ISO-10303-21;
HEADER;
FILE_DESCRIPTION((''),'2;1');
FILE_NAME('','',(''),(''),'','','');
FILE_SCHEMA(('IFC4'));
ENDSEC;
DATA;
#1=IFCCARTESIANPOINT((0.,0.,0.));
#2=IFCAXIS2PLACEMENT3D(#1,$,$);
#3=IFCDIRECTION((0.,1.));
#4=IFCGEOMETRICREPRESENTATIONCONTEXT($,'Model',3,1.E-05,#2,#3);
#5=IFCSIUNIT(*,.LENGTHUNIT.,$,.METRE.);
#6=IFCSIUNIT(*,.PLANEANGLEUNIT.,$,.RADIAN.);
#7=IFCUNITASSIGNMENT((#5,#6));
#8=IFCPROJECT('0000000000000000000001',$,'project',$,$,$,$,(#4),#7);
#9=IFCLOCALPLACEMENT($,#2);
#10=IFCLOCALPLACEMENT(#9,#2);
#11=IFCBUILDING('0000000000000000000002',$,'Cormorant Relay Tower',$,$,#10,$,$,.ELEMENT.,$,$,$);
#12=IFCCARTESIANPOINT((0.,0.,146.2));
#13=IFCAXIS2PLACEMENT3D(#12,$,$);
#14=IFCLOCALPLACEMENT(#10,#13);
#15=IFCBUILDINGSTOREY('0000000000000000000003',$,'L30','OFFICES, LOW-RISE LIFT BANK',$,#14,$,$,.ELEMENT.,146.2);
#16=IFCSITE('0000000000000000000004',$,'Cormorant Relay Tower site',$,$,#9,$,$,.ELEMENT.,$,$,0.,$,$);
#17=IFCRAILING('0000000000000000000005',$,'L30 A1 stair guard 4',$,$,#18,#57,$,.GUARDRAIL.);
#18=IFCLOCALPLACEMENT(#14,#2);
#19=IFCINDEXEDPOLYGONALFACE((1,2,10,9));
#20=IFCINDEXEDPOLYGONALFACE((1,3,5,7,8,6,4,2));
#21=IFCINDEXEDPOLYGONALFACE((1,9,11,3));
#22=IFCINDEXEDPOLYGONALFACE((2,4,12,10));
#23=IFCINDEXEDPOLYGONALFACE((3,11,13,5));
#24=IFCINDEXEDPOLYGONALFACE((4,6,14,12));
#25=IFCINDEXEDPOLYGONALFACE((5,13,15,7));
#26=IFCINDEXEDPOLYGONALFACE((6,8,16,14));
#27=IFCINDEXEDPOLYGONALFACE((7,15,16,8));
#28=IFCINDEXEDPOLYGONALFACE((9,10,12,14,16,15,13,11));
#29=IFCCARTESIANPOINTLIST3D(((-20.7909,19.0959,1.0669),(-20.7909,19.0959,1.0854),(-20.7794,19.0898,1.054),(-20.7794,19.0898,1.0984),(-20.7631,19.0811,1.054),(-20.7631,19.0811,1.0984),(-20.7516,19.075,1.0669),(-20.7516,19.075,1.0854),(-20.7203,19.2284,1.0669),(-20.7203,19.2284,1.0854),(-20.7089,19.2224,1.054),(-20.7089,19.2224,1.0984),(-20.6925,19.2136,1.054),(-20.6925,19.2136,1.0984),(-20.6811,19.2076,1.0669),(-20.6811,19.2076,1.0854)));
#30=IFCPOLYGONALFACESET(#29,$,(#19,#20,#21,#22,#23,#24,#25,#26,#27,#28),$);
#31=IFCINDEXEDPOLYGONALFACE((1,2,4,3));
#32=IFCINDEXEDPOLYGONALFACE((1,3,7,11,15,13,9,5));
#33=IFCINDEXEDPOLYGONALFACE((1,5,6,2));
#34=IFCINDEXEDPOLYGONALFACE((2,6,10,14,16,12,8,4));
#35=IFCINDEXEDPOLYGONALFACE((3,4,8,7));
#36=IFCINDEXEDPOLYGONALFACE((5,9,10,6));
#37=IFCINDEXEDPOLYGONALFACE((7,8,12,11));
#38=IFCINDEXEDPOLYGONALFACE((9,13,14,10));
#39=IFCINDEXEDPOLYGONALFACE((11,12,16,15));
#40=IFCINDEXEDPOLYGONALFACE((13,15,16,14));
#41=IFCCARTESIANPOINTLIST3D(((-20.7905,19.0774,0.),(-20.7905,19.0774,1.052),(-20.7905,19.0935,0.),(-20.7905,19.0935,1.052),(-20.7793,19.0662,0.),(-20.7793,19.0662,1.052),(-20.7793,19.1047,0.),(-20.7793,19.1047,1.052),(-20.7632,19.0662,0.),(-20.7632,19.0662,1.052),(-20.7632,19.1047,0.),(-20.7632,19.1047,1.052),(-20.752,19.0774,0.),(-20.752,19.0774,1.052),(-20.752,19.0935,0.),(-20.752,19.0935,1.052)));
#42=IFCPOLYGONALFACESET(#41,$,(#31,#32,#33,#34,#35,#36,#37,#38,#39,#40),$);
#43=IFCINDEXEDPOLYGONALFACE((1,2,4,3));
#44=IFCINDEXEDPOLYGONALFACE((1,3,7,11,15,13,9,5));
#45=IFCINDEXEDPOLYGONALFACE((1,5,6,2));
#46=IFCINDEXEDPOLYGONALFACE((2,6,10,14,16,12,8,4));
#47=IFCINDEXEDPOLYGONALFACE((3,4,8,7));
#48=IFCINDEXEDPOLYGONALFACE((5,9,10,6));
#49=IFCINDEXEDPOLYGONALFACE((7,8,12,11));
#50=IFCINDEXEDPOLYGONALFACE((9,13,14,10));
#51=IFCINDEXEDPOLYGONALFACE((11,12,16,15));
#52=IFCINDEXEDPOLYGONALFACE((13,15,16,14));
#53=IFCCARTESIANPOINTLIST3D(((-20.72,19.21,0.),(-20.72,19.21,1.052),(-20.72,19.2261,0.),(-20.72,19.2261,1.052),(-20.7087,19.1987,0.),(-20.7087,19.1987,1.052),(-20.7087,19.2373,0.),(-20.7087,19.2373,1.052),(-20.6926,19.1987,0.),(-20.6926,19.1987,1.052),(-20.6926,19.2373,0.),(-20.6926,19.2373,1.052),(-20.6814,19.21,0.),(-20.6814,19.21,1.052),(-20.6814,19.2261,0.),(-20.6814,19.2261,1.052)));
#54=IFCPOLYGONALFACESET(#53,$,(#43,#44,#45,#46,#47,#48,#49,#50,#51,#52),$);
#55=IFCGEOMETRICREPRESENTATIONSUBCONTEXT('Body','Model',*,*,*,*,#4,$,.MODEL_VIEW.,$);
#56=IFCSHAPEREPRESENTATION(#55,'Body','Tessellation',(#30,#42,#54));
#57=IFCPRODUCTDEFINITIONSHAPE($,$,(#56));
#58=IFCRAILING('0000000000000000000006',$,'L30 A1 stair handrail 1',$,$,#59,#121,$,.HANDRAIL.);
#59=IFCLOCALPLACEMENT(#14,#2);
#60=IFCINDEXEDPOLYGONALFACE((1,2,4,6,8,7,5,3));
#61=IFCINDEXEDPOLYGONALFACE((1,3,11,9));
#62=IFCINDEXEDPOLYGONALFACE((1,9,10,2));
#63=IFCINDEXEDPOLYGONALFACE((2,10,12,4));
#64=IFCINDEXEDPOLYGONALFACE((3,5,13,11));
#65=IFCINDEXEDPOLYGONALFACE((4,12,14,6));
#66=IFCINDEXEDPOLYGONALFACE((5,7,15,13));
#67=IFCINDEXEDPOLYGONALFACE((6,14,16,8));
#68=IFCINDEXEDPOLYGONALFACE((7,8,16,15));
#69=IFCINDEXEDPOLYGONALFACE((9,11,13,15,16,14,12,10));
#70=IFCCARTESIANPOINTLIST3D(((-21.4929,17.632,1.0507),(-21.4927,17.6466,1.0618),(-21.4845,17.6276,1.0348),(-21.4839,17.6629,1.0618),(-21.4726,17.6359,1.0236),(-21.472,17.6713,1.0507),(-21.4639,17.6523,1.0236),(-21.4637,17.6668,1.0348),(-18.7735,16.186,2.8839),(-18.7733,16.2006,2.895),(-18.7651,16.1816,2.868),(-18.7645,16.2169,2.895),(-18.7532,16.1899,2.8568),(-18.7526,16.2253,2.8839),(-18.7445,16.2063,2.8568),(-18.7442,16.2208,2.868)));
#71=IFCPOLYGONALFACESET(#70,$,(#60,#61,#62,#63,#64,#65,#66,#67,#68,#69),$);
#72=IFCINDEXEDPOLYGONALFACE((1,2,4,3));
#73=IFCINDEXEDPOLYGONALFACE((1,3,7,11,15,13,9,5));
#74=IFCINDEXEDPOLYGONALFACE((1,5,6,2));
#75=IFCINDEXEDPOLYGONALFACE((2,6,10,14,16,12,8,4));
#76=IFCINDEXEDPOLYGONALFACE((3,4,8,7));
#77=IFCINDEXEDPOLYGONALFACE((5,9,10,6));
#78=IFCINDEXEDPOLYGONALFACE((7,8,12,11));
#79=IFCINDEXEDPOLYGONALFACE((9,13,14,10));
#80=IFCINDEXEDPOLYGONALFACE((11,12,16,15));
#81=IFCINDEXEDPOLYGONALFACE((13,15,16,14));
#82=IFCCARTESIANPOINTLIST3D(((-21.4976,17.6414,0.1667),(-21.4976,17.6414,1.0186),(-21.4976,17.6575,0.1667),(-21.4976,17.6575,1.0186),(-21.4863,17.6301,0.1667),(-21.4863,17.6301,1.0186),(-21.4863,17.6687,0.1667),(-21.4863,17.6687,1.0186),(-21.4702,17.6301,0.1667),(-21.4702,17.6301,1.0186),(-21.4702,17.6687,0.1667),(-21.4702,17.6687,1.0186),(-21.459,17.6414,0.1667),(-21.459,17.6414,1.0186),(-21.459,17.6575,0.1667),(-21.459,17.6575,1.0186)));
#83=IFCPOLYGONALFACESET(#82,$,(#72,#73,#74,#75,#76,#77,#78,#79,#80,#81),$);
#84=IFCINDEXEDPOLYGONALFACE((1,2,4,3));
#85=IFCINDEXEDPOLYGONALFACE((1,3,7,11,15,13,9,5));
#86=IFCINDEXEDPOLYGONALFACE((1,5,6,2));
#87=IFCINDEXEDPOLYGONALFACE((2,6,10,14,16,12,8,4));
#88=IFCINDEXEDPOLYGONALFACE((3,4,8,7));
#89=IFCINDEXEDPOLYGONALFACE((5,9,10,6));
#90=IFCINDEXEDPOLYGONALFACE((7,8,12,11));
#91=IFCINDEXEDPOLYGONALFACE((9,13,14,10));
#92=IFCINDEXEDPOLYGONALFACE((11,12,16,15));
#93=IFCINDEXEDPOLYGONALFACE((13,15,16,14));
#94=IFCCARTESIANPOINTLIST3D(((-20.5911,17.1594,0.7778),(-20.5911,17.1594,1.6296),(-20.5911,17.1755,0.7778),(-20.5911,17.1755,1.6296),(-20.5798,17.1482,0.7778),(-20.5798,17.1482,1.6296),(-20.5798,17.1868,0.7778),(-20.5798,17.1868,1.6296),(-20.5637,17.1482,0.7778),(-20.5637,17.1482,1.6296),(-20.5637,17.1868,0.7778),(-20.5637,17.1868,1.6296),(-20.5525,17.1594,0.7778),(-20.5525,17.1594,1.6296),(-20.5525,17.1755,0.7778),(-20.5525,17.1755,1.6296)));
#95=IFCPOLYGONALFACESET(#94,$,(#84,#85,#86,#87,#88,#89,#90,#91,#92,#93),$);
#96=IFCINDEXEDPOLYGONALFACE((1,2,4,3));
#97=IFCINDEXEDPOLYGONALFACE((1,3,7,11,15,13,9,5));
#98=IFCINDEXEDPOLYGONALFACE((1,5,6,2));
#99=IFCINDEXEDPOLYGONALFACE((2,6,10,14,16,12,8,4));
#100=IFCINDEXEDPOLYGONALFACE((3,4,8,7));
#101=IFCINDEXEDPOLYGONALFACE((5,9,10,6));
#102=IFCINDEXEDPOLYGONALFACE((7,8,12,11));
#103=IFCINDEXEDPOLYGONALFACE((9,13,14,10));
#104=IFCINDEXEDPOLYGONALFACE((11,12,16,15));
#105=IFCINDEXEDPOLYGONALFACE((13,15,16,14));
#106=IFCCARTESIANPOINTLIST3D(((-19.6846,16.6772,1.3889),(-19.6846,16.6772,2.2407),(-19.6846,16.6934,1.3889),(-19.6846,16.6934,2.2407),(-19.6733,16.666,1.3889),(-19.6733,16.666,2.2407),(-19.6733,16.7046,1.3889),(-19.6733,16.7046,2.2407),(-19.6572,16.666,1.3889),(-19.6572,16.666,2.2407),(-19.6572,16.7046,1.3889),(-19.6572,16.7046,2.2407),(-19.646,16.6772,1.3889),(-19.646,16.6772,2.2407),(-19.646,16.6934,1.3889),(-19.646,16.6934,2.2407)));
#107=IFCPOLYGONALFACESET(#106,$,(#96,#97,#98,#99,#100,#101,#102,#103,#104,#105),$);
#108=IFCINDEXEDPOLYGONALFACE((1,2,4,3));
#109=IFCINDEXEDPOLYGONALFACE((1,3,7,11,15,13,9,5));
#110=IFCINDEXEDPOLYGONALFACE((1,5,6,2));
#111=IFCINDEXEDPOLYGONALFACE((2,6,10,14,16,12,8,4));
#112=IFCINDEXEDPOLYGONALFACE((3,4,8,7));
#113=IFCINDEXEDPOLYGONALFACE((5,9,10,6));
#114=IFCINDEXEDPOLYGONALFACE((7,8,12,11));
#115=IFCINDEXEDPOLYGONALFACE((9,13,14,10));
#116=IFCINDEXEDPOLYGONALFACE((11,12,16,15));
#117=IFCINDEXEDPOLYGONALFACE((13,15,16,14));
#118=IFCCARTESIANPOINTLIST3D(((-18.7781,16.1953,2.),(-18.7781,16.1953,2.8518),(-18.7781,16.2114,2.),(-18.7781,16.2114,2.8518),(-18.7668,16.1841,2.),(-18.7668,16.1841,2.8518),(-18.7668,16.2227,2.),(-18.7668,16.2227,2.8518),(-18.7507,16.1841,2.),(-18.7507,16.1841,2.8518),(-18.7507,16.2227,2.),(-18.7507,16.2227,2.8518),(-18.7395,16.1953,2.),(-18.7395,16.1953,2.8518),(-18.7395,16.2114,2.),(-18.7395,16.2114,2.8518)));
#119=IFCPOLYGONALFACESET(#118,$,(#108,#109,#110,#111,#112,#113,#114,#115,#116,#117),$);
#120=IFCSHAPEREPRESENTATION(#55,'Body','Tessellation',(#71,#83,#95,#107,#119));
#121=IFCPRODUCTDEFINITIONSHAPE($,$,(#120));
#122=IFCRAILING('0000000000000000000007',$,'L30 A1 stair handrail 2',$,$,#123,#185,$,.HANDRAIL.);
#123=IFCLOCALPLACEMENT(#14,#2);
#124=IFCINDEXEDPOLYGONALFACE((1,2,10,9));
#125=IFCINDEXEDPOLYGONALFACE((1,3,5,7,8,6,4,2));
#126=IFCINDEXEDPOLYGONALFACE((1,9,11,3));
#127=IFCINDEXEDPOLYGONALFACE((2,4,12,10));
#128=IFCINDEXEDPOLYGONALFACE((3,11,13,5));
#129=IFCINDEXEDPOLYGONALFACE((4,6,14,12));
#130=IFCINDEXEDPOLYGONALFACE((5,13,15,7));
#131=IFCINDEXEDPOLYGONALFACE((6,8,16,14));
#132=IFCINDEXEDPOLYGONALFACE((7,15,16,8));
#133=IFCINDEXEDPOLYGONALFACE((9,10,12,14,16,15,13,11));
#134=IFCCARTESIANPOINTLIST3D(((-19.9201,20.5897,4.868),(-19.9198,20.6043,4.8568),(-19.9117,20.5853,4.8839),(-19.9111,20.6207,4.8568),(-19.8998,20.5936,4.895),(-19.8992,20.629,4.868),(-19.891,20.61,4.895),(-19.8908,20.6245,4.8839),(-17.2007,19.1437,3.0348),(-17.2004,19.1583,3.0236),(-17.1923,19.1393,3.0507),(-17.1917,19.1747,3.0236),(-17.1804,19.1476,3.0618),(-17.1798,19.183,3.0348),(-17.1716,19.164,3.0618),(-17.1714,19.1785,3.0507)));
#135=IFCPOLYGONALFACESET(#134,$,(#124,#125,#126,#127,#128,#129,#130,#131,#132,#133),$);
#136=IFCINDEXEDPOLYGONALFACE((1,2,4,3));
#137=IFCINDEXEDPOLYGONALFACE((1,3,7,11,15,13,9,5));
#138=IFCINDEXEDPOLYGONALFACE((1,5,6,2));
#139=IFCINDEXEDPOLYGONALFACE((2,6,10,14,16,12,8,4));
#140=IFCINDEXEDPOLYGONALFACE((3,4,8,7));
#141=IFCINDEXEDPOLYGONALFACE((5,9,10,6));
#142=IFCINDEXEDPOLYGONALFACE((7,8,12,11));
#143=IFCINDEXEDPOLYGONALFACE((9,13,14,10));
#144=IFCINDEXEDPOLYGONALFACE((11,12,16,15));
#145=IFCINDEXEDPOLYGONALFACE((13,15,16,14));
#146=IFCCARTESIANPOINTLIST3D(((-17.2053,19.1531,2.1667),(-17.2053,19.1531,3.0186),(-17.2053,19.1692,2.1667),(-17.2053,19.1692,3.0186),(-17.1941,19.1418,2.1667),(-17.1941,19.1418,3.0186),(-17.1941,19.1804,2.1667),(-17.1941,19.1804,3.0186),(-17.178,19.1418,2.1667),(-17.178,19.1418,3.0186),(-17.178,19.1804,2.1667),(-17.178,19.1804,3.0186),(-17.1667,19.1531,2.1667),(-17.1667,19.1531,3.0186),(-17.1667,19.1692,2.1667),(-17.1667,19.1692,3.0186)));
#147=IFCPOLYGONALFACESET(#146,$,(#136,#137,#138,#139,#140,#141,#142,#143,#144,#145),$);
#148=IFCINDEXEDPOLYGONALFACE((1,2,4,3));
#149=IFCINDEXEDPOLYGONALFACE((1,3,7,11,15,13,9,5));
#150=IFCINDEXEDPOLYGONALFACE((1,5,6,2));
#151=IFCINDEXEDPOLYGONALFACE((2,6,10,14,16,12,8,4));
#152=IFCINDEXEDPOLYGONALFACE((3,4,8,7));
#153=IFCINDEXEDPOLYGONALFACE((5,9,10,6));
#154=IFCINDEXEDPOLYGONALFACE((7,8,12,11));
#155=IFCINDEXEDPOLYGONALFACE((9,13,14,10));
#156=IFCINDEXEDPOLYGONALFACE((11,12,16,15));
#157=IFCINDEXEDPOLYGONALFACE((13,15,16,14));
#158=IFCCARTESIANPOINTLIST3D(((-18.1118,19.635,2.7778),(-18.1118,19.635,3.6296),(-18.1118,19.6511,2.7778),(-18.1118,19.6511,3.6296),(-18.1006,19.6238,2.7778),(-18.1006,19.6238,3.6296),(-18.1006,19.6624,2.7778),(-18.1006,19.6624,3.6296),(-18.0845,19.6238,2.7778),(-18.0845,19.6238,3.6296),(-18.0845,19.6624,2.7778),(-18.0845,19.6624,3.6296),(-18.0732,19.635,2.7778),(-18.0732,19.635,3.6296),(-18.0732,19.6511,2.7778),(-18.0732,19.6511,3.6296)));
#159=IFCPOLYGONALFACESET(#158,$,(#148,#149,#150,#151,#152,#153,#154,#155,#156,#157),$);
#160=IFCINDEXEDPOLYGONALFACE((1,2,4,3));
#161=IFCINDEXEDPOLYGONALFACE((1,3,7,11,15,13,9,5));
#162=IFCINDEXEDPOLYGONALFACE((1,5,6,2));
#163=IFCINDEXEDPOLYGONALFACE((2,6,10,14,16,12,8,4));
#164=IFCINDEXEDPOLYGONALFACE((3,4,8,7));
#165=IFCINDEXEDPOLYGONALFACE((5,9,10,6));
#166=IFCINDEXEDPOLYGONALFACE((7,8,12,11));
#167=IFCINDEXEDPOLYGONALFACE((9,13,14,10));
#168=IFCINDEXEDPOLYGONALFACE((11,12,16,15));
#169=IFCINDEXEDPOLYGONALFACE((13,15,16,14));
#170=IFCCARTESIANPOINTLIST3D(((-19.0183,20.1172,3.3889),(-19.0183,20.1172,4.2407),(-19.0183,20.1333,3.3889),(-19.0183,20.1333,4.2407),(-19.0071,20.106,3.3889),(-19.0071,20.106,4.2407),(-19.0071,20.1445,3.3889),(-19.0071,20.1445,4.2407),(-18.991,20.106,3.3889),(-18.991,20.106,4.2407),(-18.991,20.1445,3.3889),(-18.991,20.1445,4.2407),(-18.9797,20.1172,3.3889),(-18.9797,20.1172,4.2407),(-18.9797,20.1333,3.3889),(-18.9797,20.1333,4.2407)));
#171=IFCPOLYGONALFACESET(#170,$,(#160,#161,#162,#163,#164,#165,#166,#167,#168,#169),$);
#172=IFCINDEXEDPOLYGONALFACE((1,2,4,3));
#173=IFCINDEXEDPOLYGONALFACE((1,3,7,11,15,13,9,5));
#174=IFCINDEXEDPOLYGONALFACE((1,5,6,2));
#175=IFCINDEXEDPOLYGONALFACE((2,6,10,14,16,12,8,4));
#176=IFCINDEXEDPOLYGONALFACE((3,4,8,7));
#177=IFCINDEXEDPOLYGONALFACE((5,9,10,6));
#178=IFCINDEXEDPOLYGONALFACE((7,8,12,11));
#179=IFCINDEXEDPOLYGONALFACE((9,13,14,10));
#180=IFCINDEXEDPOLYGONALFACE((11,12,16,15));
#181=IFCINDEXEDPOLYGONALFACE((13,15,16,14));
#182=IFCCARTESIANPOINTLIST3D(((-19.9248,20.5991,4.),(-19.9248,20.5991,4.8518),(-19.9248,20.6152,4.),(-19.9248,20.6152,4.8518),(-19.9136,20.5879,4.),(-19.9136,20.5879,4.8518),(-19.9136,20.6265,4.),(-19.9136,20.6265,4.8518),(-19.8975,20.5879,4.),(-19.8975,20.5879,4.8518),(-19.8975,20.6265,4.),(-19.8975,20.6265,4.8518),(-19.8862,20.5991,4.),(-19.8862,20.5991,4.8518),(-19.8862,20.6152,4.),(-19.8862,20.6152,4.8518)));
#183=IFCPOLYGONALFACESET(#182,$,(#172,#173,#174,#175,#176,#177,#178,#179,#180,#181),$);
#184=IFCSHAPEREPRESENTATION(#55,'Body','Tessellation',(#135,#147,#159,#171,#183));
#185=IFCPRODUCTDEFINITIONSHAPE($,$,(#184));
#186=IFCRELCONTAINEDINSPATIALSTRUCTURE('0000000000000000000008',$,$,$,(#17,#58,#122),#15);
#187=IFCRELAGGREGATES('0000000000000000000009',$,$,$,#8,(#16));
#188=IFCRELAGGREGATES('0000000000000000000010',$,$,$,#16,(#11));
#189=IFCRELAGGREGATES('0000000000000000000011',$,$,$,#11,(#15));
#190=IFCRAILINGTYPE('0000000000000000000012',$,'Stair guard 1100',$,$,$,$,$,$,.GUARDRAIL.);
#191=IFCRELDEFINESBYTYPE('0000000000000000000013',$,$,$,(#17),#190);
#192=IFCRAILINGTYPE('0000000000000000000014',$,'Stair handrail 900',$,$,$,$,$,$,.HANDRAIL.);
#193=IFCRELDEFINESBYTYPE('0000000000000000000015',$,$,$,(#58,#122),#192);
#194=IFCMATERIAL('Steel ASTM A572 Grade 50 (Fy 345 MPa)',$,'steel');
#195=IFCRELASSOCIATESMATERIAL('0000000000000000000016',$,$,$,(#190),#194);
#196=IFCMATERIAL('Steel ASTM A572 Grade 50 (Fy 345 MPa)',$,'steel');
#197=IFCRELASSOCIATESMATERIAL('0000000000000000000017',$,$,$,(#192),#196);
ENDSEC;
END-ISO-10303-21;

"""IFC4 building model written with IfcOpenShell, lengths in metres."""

from ifc_helpers import new_model, si_unit, direction, frame, origin, place, context, subcontext, project, spatial, polyline, outline, extrude, material, type_object, element, save


model = new_model("IFC4")

# Units and contexts
model_context = context("Model", 3, precision=1e-05, world=origin(), true_north=direction((0.0, 1.0)))
body_context = subcontext(model_context, "Body", "Model", "MODEL_VIEW")
ifc_project = project(units=[si_unit("LENGTHUNIT", "METRE"), si_unit("PLANEANGLEUNIT", "RADIAN")], contexts=[model_context])

# Site, building, storey
site_placement = place(None, origin())
site = spatial("IfcSite", under=ifc_project, at=site_placement, Name="Cormorant Relay Tower site", CompositionType="ELEMENT", RefElevation=0.0)
building_placement = place(site_placement, origin())
building = spatial("IfcBuilding", under=site, at=building_placement, Name="Cormorant Relay Tower", CompositionType="ELEMENT")
storey_placement = place(building_placement, frame((0.0, 0.0, 146.2)))
storey = spatial("IfcBuildingStorey", under=building, at=storey_placement, Name="L30", Description="OFFICES, LOW-RISE LIFT BANK", CompositionType="ELEMENT", Elevation=146.2)

# Railings
ifc_material_1 = material(Name="Steel ASTM A572 Grade 50 (Fy 345 MPa)", Category="steel")
railing_type_1 = type_object("IfcRailingType", Name="Stair guard 1100", PredefinedType="GUARDRAIL", material=ifc_material_1)
railing_1_placement = place(storey_placement, frame((-20.7712, 19.0854, 0.0)))
element("IfcRailing", 1, at=railing_1_placement, inside=storey, type_object=railing_type_1, Name="L30 A1 stair guard 4", PredefinedType="GUARDRAIL", context=body_context, shape_type="SweptSolid", body=[
    extrude(outline(polyline([(0.0222, 0.0093), (0.0093, 0.0222), (-0.0093, 0.0222), (-0.0222, 0.0093), (-0.0222, -0.0093), (-0.0093, -0.0222), (0.0093, -0.0222), (0.0222, -0.0093), (0.0222, 0.0093)])), frame((0.0, 0.0, 1.0762), z_axis=(0.469829, 0.882758, 0.0), x_axis=(-0.882758, 0.469829, 0.0)), (0.0, 0.0, 1.0), 0.1501),
    extrude(outline(polyline([(0.0193, 0.0081), (0.0081, 0.0193), (-0.0081, 0.0193), (-0.0193, 0.0081), (-0.0193, -0.0081), (-0.0081, -0.0193), (0.0081, -0.0193), (0.0193, -0.0081), (0.0193, 0.0081)])), origin(), (0.0, 0.0, 1.0), 1.052),
    extrude(outline(polyline([(0.0193, 0.0081), (0.0081, 0.0193), (-0.0081, 0.0193), (-0.0193, 0.0081), (-0.0193, -0.0081), (-0.0081, -0.0193), (0.0081, -0.0193), (0.0193, -0.0081), (0.0193, 0.0081)])), frame((0.0706, 0.1326, 0.0)), (0.0, 0.0, 1.0), 1.052),
])
ifc_material_2 = material(Name="Steel ASTM A572 Grade 50 (Fy 345 MPa)", Category="steel")
railing_type_2 = type_object("IfcRailingType", Name="Stair handrail 900", PredefinedType="HANDRAIL", material=ifc_material_2)
railing_2_placement = place(storey_placement, frame((-21.4783, 17.6494, 0.1667)))
element("IfcRailing", 2, at=railing_2_placement, inside=storey, type_object=railing_type_2, Name="L30 A1 stair handrail 1", PredefinedType="HANDRAIL", context=body_context, shape_type="SweptSolid", body=[
    extrude(outline(polyline([(0.0222, 0.0093), (0.0093, 0.0222), (-0.0093, 0.0222), (-0.0222, 0.0093), (-0.0222, -0.0093), (-0.0093, -0.0222), (0.0093, -0.0222), (0.0222, -0.0093), (0.0222, 0.0093)])), frame((0.0, 0.0, 0.876), z_axis=(0.758714, -0.403435, 0.511463), x_axis=(0.469489, 0.882938, 0.0)), (0.0, 0.0, 1.0), 3.5842),
    extrude(outline(polyline([(0.0193, 0.0081), (0.0081, 0.0193), (-0.0081, 0.0193), (-0.0193, 0.0081), (-0.0193, -0.0081), (-0.0081, -0.0193), (0.0081, -0.0193), (0.0193, -0.0081), (0.0193, 0.0081)])), origin(), (0.0, 0.0, 1.0), 0.8518),
    extrude(outline(polyline([(0.0193, 0.0081), (0.0081, 0.0193), (-0.0081, 0.0193), (-0.0193, 0.0081), (-0.0193, -0.0081), (-0.0081, -0.0193), (0.0081, -0.0193), (0.0193, -0.0081), (0.0193, 0.0081)])), frame((0.9065, -0.4819, 0.6111)), (0.0, 0.0, 1.0), 0.8518),
    extrude(outline(polyline([(0.0193, 0.0081), (0.0081, 0.0193), (-0.0081, 0.0193), (-0.0193, 0.0081), (-0.0193, -0.0081), (-0.0081, -0.0193), (0.0081, -0.0193), (0.0193, -0.0081), (0.0193, 0.0081)])), frame((1.813, -0.9641, 1.2222)), (0.0, 0.0, 1.0), 0.8518),
    extrude(outline(polyline([(0.0193, 0.0081), (0.0081, 0.0193), (-0.0081, 0.0193), (-0.0193, 0.0081), (-0.0193, -0.0081), (-0.0081, -0.0193), (0.0081, -0.0193), (0.0193, -0.0081), (0.0193, 0.0081)])), frame((2.7195, -1.446, 1.8333)), (0.0, 0.0, 1.0), 0.8518),
])
railing_3_placement = place(storey_placement, frame((-17.186, 19.1611, 2.1667)))
element("IfcRailing", 3, at=railing_3_placement, inside=storey, type_object=railing_type_2, Name="L30 A1 stair handrail 2", PredefinedType="HANDRAIL", context=body_context, shape_type="SweptSolid", body=[
    extrude(outline(polyline([(0.0222, 0.0093), (0.0093, 0.0222), (-0.0093, 0.0222), (-0.0222, 0.0093), (-0.0222, -0.0093), (-0.0093, -0.0222), (0.0093, -0.0222), (0.0222, -0.0093), (0.0222, 0.0093)])), frame((0.0, 0.0, 0.876), z_axis=(-0.758714, 0.403435, 0.511463), x_axis=(-0.469489, -0.882938, 0.0)), (0.0, 0.0, 1.0), 3.5842),
    extrude(outline(polyline([(0.0193, 0.0081), (0.0081, 0.0193), (-0.0081, 0.0193), (-0.0193, 0.0081), (-0.0193, -0.0081), (-0.0081, -0.0193), (0.0081, -0.0193), (0.0193, -0.0081), (0.0193, 0.0081)])), origin(), (0.0, 0.0, 1.0), 0.8518),
    extrude(outline(polyline([(0.0193, 0.0081), (0.0081, 0.0193), (-0.0081, 0.0193), (-0.0193, 0.0081), (-0.0193, -0.0081), (-0.0081, -0.0193), (0.0081, -0.0193), (0.0193, -0.0081), (0.0193, 0.0081)])), frame((-0.9065, 0.4819, 0.6111)), (0.0, 0.0, 1.0), 0.8518),
    extrude(outline(polyline([(0.0193, 0.0081), (0.0081, 0.0193), (-0.0081, 0.0193), (-0.0193, 0.0081), (-0.0193, -0.0081), (-0.0081, -0.0193), (0.0081, -0.0193), (0.0193, -0.0081), (0.0193, 0.0081)])), frame((-1.813, 0.9641, 1.2222)), (0.0, 0.0, 1.0), 0.8518),
    extrude(outline(polyline([(0.0193, 0.0081), (0.0081, 0.0193), (-0.0081, 0.0193), (-0.0193, 0.0081), (-0.0193, -0.0081), (-0.0081, -0.0193), (0.0081, -0.0193), (0.0193, -0.0081), (0.0193, 0.0081)])), frame((-2.7195, 1.446, 1.8333)), (0.0, 0.0, 1.0), 0.8518),
])

save(model, "model.ifc")
